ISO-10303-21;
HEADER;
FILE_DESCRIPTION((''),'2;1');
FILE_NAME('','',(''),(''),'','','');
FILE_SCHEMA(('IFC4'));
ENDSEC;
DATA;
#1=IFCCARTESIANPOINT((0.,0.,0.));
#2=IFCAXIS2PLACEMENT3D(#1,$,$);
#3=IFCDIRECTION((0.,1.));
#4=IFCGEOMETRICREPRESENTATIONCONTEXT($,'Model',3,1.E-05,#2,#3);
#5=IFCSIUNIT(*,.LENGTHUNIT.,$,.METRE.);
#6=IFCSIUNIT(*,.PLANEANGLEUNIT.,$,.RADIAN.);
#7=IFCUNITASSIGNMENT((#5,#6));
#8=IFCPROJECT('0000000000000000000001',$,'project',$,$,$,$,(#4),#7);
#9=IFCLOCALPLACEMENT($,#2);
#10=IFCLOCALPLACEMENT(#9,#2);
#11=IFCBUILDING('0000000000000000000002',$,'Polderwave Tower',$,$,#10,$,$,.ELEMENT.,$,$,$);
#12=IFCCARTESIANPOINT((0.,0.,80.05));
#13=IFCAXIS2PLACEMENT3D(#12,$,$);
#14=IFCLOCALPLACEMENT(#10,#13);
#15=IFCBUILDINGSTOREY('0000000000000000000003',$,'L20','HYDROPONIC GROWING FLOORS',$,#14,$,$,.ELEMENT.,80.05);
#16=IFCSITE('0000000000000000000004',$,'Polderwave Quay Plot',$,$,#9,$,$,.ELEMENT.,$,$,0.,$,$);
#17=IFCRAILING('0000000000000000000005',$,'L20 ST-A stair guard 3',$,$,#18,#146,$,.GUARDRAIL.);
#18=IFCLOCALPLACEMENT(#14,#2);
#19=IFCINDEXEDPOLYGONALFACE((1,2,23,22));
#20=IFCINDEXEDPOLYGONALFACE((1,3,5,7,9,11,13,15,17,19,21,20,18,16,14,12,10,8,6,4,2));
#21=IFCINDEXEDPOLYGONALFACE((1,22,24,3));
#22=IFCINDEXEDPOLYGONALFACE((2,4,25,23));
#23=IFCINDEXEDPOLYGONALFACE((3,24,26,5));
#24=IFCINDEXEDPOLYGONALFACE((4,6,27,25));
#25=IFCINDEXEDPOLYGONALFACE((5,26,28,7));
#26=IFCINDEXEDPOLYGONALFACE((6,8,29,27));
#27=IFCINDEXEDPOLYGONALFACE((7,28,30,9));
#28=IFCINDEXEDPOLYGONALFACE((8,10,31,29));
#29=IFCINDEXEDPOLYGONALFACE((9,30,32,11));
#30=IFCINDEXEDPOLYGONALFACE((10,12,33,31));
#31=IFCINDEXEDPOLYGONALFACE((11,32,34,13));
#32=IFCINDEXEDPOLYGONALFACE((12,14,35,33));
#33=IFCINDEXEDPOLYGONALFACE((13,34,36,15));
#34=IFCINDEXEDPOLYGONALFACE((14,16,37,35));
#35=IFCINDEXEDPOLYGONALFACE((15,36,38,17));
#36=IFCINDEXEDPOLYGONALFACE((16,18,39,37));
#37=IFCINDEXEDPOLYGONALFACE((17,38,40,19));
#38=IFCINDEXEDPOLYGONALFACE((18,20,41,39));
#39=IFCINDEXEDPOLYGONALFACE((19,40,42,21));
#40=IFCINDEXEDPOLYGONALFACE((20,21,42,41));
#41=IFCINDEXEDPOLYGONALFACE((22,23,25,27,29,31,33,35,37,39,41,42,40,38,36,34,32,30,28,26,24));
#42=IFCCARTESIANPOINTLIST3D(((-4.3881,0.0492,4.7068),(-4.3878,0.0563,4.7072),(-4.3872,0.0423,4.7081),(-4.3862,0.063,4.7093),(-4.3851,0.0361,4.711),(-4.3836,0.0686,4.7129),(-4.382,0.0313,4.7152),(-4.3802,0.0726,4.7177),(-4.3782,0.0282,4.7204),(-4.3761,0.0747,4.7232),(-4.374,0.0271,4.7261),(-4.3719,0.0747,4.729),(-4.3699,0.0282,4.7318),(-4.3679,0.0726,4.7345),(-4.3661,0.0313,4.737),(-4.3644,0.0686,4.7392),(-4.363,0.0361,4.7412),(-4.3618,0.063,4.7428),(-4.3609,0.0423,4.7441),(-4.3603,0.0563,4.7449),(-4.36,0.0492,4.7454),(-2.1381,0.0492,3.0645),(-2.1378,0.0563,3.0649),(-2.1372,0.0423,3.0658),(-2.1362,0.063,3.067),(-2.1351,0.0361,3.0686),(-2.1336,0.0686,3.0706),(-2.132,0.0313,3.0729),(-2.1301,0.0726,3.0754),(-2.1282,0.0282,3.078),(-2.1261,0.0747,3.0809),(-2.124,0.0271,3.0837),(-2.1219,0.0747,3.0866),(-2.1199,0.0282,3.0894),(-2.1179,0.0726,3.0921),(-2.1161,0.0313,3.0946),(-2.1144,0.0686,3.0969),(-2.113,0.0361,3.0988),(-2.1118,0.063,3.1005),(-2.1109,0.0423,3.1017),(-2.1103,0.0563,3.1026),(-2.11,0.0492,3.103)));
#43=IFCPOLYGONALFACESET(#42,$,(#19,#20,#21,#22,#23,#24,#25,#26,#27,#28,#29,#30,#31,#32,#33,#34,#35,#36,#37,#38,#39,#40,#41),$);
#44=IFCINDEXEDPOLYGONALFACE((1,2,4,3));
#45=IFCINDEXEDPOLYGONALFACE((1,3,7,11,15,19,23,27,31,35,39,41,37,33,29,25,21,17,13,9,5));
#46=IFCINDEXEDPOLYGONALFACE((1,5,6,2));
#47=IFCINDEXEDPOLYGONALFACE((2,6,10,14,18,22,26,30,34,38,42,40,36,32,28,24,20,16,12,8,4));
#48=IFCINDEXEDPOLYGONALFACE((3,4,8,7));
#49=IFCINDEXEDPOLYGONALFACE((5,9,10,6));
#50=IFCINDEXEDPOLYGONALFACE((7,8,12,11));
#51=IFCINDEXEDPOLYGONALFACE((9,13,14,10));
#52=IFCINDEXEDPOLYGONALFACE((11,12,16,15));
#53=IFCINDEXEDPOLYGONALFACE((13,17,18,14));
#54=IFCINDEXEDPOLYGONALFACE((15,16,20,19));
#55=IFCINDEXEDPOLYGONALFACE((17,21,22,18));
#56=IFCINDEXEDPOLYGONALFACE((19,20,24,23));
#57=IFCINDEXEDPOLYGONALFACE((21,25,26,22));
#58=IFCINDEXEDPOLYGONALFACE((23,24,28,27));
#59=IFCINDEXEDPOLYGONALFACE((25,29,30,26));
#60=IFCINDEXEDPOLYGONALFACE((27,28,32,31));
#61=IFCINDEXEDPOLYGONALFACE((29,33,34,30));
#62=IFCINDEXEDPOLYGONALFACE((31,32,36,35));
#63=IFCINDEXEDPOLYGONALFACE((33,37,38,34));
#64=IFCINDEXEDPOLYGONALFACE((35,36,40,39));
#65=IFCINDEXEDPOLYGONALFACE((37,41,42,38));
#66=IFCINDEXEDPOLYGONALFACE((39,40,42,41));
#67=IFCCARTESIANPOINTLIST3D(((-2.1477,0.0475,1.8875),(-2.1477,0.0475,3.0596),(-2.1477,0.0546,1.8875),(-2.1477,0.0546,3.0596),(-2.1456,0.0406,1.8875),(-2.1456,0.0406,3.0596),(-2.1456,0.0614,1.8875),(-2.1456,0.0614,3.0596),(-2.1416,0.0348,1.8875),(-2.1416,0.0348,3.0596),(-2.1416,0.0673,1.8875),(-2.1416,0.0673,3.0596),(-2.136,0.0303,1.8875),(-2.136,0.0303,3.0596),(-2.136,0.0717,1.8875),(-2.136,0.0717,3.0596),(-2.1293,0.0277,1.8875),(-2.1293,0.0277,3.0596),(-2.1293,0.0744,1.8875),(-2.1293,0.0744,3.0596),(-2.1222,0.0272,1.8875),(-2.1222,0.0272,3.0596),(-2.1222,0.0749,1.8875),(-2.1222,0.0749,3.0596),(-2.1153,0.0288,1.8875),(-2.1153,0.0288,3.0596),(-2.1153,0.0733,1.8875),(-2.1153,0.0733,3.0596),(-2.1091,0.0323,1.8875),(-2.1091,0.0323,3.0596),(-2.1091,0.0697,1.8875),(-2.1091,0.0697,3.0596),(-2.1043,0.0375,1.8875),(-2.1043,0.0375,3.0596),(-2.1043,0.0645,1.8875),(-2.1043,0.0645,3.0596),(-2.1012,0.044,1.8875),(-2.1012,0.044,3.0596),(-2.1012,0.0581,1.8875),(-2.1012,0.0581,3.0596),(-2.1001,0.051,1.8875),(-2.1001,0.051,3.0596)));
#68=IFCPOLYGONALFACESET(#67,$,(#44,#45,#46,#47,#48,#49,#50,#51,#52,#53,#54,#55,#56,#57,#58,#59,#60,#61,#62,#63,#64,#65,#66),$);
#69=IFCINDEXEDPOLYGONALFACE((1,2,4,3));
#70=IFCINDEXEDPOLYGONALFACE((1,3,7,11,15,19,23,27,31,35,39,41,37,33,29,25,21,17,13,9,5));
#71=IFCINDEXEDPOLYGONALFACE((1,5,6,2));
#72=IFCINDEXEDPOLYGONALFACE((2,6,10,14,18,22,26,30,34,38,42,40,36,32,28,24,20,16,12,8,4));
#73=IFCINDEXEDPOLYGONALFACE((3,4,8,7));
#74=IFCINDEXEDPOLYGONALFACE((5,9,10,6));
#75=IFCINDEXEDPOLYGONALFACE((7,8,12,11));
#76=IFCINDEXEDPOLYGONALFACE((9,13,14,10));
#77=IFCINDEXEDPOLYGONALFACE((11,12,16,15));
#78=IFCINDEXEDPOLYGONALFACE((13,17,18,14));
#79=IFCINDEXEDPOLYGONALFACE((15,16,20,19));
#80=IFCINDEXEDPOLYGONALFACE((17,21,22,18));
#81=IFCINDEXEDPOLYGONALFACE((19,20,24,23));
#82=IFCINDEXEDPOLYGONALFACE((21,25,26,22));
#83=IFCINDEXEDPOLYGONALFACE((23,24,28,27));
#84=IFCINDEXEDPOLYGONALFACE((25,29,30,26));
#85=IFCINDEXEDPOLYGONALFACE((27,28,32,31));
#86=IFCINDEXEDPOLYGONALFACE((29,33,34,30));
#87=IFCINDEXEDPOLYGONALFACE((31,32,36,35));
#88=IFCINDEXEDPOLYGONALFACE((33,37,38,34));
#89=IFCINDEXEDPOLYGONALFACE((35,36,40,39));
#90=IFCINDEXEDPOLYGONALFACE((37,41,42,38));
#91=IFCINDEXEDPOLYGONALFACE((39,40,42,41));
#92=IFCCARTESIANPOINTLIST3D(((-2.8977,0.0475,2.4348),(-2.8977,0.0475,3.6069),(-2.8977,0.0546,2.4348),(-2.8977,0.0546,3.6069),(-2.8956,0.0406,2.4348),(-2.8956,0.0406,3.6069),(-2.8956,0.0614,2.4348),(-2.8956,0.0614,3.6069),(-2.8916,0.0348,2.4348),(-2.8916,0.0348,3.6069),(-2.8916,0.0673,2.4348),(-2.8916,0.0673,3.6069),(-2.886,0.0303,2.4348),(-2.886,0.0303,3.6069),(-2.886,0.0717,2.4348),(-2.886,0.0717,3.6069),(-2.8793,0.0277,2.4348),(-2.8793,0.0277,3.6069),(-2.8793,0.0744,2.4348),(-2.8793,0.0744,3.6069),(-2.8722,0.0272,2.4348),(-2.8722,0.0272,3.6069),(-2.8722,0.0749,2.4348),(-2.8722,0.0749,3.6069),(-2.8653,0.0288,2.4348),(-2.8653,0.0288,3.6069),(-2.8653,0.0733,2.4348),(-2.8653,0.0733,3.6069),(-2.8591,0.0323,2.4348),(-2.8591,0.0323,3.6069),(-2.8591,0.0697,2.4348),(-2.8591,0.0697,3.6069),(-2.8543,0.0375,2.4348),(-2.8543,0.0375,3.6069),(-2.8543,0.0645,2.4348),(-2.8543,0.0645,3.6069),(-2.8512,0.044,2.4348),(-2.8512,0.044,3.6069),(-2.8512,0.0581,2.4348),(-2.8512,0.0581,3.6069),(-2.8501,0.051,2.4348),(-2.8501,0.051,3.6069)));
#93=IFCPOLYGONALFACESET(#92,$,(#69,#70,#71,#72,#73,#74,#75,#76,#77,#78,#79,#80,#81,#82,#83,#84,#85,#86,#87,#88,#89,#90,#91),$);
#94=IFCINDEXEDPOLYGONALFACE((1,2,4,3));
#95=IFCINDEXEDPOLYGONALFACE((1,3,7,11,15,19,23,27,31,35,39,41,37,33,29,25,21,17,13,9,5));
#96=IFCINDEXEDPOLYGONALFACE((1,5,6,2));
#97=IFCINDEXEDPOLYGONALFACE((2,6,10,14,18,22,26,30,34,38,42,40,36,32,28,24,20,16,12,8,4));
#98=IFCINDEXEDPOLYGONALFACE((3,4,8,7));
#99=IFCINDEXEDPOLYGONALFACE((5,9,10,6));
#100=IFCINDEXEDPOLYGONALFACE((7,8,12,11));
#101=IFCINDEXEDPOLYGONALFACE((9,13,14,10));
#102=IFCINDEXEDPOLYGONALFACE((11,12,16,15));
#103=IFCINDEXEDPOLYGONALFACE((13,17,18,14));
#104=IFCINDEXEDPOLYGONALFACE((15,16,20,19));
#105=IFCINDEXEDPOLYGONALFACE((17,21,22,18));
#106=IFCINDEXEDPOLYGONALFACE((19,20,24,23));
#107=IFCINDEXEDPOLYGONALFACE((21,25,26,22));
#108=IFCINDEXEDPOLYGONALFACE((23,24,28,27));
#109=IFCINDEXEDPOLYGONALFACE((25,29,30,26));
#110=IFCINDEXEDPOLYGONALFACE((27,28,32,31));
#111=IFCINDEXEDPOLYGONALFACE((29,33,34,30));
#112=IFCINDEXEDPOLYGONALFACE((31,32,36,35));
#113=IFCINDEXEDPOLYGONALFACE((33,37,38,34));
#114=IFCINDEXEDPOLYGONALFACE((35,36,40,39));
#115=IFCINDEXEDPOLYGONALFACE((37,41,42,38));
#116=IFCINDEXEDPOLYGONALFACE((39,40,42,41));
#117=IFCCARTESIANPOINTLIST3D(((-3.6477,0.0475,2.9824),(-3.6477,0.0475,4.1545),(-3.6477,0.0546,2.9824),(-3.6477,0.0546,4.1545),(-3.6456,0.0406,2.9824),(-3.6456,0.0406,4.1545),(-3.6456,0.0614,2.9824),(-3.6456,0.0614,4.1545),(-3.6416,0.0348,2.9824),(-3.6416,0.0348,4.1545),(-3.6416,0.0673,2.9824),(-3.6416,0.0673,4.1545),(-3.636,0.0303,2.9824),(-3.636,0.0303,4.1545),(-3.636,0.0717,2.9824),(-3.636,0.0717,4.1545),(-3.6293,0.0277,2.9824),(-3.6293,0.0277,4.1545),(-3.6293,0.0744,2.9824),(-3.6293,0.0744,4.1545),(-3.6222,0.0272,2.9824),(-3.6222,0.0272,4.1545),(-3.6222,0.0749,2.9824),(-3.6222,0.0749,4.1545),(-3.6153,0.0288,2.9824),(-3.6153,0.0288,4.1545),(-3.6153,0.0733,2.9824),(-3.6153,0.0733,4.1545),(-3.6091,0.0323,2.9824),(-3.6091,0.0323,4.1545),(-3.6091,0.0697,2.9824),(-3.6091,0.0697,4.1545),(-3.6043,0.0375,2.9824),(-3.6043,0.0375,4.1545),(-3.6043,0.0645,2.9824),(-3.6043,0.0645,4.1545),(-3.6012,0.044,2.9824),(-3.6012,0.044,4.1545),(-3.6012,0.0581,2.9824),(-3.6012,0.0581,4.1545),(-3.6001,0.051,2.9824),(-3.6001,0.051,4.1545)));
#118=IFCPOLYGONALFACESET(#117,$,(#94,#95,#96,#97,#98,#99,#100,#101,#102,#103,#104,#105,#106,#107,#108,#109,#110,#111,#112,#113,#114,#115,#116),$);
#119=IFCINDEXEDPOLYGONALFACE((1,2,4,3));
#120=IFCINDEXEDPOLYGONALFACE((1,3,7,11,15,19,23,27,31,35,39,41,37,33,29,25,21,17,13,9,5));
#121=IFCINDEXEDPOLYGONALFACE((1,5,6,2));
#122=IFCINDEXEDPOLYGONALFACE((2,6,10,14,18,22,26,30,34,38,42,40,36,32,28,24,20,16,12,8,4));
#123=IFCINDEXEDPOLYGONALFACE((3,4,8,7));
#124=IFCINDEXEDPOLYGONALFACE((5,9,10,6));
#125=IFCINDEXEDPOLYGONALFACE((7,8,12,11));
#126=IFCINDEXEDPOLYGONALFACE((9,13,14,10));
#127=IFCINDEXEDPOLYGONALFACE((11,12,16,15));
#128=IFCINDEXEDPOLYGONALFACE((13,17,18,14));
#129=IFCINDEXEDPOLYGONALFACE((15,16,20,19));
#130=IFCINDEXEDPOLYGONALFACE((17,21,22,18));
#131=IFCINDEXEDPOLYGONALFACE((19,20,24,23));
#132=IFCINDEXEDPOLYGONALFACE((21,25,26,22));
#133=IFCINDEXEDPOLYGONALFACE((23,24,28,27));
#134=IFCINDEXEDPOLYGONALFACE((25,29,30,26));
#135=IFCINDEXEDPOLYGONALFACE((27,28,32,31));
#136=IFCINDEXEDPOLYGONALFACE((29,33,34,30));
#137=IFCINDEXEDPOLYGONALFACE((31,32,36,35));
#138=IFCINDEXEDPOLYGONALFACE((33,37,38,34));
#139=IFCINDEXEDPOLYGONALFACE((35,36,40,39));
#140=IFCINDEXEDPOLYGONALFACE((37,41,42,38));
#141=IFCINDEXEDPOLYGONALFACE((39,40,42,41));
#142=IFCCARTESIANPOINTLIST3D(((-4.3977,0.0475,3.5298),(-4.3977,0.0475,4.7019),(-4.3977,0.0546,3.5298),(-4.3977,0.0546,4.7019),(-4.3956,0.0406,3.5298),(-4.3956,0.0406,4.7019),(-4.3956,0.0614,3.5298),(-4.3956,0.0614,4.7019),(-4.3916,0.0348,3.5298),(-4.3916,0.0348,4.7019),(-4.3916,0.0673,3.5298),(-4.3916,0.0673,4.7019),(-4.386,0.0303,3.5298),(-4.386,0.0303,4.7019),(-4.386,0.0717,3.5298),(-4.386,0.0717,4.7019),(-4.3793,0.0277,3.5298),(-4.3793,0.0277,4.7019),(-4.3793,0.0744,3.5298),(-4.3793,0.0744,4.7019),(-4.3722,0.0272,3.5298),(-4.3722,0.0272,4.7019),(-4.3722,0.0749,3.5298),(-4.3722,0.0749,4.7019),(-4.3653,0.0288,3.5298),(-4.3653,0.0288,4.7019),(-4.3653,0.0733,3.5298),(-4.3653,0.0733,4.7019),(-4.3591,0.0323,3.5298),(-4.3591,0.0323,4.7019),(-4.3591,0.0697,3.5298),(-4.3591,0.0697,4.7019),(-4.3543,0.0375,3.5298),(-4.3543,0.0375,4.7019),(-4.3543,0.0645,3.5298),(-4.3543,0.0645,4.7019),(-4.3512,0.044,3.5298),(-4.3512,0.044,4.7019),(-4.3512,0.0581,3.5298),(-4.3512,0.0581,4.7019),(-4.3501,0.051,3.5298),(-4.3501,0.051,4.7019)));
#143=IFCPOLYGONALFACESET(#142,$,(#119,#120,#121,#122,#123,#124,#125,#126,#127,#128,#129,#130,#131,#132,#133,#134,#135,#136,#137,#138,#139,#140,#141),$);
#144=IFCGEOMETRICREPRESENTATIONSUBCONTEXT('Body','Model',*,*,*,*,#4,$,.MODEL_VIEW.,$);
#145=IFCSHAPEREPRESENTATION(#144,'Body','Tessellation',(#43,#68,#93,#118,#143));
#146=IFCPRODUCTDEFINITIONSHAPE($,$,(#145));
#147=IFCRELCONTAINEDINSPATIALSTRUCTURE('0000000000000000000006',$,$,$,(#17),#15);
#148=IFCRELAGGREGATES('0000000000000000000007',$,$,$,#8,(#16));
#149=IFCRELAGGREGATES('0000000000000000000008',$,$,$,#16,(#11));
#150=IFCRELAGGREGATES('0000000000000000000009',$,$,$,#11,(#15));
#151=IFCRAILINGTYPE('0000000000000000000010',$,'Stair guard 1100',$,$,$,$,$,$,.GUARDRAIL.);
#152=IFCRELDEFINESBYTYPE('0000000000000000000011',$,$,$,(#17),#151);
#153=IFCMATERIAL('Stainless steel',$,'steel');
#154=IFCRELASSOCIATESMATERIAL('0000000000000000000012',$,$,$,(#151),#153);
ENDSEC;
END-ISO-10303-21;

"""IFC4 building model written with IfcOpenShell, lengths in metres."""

from ifc_helpers import new_model, si_unit, direction, frame, origin, origin_2d, place, context, subcontext, project, spatial, circle, extrude, material, type_object, element, save


model = new_model("IFC4")

# Units and contexts
model_context = context("Model", 3, precision=1e-05, world=origin(), true_north=direction((0.0, 1.0)))
body_context = subcontext(model_context, "Body", "Model", "MODEL_VIEW")
ifc_project = project(units=[si_unit("LENGTHUNIT", "METRE"), si_unit("PLANEANGLEUNIT", "RADIAN")], contexts=[model_context])

# Site, building, storey
site_placement = place(None, origin())
site = spatial("IfcSite", under=ifc_project, at=site_placement, Name="Polderwave Quay Plot", CompositionType="ELEMENT", RefElevation=0.0)
building_placement = place(site_placement, origin())
building = spatial("IfcBuilding", under=site, at=building_placement, Name="Polderwave Tower", CompositionType="ELEMENT")
storey_placement = place(building_placement, frame((0.0, 0.0, 80.05)))
storey = spatial("IfcBuildingStorey", under=building, at=storey_placement, Name="L20", Description="HYDROPONIC GROWING FLOORS", CompositionType="ELEMENT", Elevation=80.05)

# Railing
ifc_material_1 = material(Name="Stainless steel", Category="steel")
railing_type_1 = type_object("IfcRailingType", Name="Stair guard 1100", PredefinedType="GUARDRAIL", material=ifc_material_1)
railing_1_placement = place(storey_placement, frame((-2.124, 0.051, 1.8875)))
element("IfcRailing", 1, at=railing_1_placement, inside=storey, type_object=railing_type_1, Name="L20 ST-A stair guard 3", PredefinedType="GUARDRAIL", context=body_context, shape_type="SweptSolid", body=[
    extrude(circle(Radius=0.0239, at=origin_2d()), frame((0.0, 0.0, 1.1963), z_axis=(-0.807715, 0.0, 0.589573), x_axis=(0.0, -1.0, 0.0)), (0.0, 0.0, 1.0), 2.7856),
    extrude(circle(Radius=0.0239, at=origin_2d()), origin(), (0.0, 0.0, 1.0), 1.1721),
    extrude(circle(Radius=0.0239, at=origin_2d()), frame((-0.75, 0.0, 0.5474)), (0.0, 0.0, 1.0), 1.1721),
    extrude(circle(Radius=0.0239, at=origin_2d()), frame((-1.5, 0.0, 1.095)), (0.0, 0.0, 1.0), 1.1721),
    extrude(circle(Radius=0.0239, at=origin_2d()), frame((-2.25, 0.0, 1.6423)), (0.0, 0.0, 1.0), 1.1721),
])

save(model, "model.ifc")
